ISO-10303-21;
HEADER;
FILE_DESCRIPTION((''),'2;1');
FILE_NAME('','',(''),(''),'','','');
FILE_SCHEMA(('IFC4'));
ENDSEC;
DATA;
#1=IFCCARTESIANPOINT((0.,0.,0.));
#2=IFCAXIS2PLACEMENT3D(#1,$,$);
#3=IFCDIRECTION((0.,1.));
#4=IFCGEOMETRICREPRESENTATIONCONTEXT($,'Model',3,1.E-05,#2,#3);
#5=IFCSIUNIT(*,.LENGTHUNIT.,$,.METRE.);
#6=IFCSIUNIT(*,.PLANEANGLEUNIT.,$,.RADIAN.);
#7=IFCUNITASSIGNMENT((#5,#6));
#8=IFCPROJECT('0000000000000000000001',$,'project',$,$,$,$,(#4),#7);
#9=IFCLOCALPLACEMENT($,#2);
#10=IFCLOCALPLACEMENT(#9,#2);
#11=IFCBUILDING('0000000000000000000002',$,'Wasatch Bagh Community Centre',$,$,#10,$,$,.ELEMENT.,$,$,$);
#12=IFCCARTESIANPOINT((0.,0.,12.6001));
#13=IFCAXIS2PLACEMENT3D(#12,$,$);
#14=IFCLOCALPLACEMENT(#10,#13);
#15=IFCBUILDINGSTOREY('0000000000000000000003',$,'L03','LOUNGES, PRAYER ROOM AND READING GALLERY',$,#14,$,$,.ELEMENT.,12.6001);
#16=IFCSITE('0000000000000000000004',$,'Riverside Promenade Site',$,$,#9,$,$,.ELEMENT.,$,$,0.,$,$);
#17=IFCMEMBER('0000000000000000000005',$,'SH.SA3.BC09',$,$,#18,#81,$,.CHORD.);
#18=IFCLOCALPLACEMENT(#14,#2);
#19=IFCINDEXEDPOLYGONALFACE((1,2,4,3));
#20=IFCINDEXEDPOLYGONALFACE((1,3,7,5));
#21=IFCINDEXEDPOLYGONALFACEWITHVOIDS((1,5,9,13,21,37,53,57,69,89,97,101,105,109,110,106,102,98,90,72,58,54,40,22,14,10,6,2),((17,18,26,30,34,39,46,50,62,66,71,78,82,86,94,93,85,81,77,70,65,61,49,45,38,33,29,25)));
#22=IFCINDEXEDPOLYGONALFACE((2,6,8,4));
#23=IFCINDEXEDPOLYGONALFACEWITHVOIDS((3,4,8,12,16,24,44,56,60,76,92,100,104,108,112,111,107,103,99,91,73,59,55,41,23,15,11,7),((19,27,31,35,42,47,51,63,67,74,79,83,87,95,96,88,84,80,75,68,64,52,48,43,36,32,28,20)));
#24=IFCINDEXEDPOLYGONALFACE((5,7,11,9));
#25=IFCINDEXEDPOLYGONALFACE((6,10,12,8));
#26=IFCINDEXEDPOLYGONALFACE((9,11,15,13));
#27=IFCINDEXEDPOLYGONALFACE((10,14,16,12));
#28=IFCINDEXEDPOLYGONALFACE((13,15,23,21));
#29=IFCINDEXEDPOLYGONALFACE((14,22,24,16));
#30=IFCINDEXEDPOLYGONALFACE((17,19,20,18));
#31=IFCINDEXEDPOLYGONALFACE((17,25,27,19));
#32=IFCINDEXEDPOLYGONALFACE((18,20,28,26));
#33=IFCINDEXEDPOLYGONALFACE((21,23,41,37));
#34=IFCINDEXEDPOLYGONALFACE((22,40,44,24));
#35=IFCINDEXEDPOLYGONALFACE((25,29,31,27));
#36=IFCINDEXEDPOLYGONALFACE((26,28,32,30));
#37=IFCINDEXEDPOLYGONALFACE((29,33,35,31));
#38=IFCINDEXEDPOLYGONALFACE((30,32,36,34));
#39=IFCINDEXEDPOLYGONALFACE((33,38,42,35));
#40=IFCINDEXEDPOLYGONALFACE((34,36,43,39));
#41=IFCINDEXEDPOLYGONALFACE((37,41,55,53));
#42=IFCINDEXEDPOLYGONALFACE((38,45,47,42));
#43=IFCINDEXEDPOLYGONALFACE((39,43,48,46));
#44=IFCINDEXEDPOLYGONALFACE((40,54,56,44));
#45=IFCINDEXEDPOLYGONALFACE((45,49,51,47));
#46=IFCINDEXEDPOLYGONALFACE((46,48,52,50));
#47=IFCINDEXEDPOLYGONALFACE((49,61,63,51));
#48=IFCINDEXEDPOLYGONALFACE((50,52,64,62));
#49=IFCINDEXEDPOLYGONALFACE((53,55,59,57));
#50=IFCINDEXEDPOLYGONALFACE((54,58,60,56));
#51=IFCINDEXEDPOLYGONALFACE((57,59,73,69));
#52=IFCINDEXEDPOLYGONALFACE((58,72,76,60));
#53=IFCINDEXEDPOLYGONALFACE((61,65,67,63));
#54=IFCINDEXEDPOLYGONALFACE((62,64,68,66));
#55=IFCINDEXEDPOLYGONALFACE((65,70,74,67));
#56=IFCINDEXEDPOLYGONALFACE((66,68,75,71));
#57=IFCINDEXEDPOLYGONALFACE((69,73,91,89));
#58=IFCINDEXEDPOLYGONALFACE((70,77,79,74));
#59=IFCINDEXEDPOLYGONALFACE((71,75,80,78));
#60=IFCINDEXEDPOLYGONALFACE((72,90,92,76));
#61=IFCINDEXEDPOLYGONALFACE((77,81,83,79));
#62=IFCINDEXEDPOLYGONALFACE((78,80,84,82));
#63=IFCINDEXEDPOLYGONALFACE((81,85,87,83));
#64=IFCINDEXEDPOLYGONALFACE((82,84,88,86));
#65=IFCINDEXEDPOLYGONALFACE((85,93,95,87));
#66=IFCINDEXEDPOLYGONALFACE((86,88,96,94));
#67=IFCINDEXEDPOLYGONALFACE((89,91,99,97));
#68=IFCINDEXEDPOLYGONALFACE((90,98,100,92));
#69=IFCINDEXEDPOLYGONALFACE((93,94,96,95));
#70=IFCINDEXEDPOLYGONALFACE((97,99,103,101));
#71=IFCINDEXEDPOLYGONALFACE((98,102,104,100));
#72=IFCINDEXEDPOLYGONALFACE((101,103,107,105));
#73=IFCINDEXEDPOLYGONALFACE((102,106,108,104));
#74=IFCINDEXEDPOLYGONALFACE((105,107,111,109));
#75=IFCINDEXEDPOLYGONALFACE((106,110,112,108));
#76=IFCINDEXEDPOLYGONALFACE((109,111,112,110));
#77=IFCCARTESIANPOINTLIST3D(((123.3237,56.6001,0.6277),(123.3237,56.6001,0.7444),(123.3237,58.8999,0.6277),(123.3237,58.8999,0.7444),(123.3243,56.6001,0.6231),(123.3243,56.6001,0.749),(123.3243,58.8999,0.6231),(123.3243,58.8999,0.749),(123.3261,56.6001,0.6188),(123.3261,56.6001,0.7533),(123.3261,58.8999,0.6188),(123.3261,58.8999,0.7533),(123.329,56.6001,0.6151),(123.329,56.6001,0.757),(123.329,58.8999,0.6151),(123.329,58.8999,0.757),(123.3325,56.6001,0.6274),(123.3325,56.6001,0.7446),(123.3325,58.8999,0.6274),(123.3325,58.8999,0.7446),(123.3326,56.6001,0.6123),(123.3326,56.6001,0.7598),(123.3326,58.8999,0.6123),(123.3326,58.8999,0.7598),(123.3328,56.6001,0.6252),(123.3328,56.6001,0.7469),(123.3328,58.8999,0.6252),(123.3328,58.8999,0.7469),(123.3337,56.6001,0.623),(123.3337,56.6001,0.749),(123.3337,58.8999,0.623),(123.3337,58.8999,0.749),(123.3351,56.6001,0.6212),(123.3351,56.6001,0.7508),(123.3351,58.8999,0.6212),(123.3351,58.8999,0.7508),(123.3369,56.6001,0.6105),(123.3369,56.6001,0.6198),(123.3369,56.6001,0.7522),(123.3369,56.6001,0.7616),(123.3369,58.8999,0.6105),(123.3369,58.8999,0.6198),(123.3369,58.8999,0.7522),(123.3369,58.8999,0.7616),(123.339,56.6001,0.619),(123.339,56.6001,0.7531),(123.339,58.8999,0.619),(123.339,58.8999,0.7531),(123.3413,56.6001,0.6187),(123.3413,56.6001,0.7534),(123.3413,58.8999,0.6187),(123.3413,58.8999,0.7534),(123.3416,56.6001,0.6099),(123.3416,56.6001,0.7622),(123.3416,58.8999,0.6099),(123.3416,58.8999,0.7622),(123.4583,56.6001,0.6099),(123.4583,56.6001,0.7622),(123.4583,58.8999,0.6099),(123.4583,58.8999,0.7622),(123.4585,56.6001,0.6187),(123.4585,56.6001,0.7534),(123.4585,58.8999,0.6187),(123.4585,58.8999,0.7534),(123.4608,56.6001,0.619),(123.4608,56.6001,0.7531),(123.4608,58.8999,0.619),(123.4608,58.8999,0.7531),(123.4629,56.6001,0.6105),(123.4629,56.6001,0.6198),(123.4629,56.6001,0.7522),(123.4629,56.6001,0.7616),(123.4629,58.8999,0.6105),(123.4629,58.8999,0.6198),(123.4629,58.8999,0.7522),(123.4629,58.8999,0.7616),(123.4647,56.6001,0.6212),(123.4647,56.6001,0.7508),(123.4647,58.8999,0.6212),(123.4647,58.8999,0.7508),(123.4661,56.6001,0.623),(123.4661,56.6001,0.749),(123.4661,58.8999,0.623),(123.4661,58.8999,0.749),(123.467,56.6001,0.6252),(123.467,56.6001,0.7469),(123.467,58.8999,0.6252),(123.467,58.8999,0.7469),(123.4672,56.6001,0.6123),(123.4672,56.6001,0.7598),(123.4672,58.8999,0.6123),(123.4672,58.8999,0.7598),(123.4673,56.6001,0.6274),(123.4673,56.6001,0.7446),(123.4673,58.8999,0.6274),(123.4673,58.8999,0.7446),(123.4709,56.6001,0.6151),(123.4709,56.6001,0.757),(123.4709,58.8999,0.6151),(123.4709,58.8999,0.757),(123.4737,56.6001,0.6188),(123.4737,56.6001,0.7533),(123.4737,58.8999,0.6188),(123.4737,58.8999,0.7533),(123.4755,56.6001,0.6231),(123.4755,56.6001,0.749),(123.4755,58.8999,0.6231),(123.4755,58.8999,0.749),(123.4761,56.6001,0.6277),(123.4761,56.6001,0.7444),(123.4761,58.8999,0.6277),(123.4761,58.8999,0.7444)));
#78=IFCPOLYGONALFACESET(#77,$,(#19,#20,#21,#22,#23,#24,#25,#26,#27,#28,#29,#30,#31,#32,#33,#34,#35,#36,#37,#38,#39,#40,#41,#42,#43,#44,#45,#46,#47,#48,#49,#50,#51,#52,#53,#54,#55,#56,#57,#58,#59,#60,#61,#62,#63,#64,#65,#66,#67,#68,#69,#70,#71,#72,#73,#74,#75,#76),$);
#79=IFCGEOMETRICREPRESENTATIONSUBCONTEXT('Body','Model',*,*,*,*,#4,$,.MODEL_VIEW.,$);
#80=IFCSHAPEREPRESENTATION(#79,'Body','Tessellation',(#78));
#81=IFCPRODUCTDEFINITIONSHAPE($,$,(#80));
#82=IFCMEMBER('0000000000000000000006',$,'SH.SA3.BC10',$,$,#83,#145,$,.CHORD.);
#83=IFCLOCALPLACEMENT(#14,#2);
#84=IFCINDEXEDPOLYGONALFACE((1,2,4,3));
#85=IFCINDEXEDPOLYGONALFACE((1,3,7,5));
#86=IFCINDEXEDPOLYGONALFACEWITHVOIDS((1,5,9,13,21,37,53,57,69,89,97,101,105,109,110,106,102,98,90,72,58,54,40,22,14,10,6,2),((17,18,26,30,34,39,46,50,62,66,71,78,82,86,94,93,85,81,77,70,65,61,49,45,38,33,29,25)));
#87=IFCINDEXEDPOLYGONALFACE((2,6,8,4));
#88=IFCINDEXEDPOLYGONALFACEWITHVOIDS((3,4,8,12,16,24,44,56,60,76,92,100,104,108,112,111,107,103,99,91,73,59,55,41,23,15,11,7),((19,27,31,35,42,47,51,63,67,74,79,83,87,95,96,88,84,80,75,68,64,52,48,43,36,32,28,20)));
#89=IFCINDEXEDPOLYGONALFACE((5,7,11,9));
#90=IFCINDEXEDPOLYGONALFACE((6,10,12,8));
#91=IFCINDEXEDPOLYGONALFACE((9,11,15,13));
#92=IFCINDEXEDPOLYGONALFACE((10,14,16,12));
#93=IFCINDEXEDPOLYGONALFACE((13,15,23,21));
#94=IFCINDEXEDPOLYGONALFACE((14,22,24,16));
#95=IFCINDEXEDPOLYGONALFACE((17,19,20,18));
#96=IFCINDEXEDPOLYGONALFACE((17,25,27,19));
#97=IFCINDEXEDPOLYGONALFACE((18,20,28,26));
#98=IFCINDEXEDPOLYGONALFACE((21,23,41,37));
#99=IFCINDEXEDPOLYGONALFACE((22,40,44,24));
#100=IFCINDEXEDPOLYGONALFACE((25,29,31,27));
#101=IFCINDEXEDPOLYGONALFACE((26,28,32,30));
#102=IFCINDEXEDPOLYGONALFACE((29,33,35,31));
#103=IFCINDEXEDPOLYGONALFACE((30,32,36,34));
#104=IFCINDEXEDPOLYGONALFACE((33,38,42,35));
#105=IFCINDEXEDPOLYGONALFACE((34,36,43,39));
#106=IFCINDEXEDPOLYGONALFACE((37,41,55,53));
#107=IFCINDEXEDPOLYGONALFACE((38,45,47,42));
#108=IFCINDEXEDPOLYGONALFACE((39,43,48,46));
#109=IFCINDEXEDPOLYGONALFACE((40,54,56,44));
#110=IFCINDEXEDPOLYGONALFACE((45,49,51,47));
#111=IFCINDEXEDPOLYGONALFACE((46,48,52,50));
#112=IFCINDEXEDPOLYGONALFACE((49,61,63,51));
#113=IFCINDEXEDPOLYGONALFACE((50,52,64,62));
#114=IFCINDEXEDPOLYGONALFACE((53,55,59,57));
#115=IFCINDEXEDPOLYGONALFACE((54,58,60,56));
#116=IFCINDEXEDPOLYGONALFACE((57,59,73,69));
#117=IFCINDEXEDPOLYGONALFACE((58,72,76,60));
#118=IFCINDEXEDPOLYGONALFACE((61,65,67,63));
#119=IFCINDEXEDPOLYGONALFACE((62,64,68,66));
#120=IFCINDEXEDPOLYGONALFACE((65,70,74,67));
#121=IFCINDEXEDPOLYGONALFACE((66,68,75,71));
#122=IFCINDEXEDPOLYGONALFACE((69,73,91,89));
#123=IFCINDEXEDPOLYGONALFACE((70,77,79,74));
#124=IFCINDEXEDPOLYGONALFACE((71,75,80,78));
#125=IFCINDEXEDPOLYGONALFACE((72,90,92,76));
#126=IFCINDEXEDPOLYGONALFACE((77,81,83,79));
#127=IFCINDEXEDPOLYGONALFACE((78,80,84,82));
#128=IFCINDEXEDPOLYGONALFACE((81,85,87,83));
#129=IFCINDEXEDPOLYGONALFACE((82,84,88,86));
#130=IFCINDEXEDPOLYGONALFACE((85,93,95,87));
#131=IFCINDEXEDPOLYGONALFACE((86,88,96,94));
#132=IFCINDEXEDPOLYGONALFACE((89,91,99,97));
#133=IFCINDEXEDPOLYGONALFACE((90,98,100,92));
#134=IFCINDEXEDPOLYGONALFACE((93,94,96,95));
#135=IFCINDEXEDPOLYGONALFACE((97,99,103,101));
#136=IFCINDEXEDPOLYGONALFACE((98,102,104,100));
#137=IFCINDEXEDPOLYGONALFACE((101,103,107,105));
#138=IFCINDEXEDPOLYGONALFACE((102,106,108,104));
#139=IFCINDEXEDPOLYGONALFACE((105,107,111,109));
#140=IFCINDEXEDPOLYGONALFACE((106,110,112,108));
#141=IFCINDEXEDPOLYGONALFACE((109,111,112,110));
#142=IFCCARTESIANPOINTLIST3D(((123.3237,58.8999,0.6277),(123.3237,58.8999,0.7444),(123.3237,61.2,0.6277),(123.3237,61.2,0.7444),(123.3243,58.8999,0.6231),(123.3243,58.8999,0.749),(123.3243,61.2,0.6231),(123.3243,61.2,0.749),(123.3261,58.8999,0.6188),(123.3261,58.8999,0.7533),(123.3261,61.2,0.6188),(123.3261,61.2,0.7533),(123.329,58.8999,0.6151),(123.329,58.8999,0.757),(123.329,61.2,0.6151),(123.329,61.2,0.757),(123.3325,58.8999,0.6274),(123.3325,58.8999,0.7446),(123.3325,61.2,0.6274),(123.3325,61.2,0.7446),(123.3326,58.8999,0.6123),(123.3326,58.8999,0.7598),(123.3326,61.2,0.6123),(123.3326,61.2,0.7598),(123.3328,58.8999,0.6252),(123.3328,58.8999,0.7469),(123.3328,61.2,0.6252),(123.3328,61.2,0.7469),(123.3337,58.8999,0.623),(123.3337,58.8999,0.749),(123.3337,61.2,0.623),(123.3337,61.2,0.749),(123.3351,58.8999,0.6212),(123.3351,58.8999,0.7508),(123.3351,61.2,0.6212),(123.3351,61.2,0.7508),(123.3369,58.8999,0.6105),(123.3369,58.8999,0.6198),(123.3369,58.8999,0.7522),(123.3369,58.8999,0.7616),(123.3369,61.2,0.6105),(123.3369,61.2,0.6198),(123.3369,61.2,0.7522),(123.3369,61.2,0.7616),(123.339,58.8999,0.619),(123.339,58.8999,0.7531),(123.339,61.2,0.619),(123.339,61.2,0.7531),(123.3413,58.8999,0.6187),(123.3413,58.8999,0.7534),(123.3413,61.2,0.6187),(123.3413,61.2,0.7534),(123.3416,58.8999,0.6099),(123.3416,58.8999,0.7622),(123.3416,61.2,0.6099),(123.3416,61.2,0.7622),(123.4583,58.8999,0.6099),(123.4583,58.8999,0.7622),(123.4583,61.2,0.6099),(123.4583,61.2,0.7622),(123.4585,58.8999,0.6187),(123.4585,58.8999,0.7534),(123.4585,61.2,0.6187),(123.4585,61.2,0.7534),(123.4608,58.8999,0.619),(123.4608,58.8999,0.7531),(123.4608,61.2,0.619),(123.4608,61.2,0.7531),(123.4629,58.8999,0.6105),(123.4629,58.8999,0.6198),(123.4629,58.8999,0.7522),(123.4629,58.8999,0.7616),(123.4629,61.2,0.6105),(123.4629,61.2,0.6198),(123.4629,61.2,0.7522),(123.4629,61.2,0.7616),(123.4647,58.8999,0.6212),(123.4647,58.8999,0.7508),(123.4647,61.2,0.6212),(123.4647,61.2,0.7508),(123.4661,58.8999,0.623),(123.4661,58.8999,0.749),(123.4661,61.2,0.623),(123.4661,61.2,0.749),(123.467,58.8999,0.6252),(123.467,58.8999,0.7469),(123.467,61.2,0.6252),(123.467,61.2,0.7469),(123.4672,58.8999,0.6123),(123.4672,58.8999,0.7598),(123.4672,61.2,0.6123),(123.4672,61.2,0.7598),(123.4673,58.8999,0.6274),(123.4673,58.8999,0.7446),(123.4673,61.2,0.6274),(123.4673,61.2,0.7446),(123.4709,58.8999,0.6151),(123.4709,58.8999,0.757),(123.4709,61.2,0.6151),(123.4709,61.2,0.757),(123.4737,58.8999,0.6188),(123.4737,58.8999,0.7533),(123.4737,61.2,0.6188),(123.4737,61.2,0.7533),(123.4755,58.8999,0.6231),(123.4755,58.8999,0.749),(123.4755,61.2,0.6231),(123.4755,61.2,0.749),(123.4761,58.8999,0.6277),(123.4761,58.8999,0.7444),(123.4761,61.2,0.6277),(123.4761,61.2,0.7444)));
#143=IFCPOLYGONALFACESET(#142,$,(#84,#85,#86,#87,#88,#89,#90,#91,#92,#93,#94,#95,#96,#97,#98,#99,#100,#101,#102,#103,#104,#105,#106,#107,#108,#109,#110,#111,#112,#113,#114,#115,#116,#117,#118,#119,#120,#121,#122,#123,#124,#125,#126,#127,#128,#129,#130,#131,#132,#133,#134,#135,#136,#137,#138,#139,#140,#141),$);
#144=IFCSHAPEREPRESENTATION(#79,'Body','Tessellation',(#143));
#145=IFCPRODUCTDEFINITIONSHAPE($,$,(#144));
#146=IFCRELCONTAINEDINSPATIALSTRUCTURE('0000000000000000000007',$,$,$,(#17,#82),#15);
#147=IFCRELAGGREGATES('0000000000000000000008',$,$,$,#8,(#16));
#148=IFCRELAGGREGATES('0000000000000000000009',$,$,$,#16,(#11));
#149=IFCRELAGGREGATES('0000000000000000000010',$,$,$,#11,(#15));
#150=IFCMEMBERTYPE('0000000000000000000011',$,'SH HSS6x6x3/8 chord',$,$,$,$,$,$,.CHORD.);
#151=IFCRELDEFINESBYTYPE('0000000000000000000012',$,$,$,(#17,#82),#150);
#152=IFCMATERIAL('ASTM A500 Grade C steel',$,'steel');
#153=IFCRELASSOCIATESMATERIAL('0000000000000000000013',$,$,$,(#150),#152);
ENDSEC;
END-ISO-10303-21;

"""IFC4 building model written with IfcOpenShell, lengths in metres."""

from ifc_helpers import new_model, si_unit, direction, frame, origin, origin_2d, place, context, subcontext, project, spatial, hollow_rectangle, extrude, material, material_profile, profile_set, type_object, element, save


model = new_model("IFC4")

# Units and contexts
model_context = context("Model", 3, precision=1e-05, world=origin(), true_north=direction((0.0, 1.0)))
body_context = subcontext(model_context, "Body", "Model", "MODEL_VIEW")
ifc_project = project(units=[si_unit("LENGTHUNIT", "METRE"), si_unit("PLANEANGLEUNIT", "RADIAN")], contexts=[model_context])

# Site, building, storey
site_placement = place(None, origin())
site = spatial("IfcSite", under=ifc_project, at=site_placement, Name="Riverside Promenade Site", CompositionType="ELEMENT", RefElevation=0.0)
building_placement = place(site_placement, origin())
building = spatial("IfcBuilding", under=site, at=building_placement, Name="Wasatch Bagh Community Centre", CompositionType="ELEMENT")
storey_placement = place(building_placement, frame((0.0, 0.0, 12.6001)))
storey = spatial("IfcBuildingStorey", under=building, at=storey_placement, Name="L03", Description="LOUNGES, PRAYER ROOM AND READING GALLERY", CompositionType="ELEMENT", Elevation=12.6001)

# Members
ifc_material_1 = material(Name="ASTM A500 Grade C steel", Category="steel")
ifc_material_profile_1 = material_profile(ifc_material_1, hollow_rectangle(XDim=0.1523, YDim=0.1523, WallThickness=0.0088, InnerFilletRadius=0.0088, OuterFilletRadius=0.0178, at=origin_2d()), Name="HSS6x6x3/8")
ifc_profile_set_1 = profile_set([ifc_material_profile_1], Name="ASTM A500 Grade C steel")
member_type_1 = type_object("IfcMemberType", Name="SH HSS6x6x3/8 chord", PredefinedType="CHORD", material=ifc_profile_set_1)
member_1_placement = place(storey_placement, frame((123.3999, 56.6001, 0.686), z_axis=(0.0, 1.0, 0.0), x_axis=(-1.0, 0.0, 0.0)))
element("IfcMember", 1, at=member_1_placement, inside=storey, type_object=member_type_1, Name="SH.SA3.BC09", PredefinedType="CHORD", context=body_context, shape_type="SweptSolid", body=[
    extrude(hollow_rectangle(XDim=0.1523, YDim=0.1523, WallThickness=0.0088, InnerFilletRadius=0.0088, OuterFilletRadius=0.0178, at=origin_2d()), origin(), (0.0, 0.0, 1.0), 2.2998),
])
for number, where, z_axis, x_axis, name in (
    (2, (123.3999, 58.8999, 0.686), (0.0, 1.0, 0.0), (-1.0, 0.0, 0.0), "SH.SA3.BC10"),
):
    element("IfcMember", number, at=place(storey_placement, frame(where, z_axis=z_axis, x_axis=x_axis)), inside=storey, type_object=member_type_1, Name=name, PredefinedType="CHORD", context=body_context, shape_type="SweptSolid", body=[
        extrude(hollow_rectangle(XDim=0.1523, YDim=0.1523, WallThickness=0.0088, InnerFilletRadius=0.0088, OuterFilletRadius=0.0178, at=origin_2d()), origin(), (0.0, 0.0, 1.0), 2.3),
    ])

save(model, "model.ifc")
